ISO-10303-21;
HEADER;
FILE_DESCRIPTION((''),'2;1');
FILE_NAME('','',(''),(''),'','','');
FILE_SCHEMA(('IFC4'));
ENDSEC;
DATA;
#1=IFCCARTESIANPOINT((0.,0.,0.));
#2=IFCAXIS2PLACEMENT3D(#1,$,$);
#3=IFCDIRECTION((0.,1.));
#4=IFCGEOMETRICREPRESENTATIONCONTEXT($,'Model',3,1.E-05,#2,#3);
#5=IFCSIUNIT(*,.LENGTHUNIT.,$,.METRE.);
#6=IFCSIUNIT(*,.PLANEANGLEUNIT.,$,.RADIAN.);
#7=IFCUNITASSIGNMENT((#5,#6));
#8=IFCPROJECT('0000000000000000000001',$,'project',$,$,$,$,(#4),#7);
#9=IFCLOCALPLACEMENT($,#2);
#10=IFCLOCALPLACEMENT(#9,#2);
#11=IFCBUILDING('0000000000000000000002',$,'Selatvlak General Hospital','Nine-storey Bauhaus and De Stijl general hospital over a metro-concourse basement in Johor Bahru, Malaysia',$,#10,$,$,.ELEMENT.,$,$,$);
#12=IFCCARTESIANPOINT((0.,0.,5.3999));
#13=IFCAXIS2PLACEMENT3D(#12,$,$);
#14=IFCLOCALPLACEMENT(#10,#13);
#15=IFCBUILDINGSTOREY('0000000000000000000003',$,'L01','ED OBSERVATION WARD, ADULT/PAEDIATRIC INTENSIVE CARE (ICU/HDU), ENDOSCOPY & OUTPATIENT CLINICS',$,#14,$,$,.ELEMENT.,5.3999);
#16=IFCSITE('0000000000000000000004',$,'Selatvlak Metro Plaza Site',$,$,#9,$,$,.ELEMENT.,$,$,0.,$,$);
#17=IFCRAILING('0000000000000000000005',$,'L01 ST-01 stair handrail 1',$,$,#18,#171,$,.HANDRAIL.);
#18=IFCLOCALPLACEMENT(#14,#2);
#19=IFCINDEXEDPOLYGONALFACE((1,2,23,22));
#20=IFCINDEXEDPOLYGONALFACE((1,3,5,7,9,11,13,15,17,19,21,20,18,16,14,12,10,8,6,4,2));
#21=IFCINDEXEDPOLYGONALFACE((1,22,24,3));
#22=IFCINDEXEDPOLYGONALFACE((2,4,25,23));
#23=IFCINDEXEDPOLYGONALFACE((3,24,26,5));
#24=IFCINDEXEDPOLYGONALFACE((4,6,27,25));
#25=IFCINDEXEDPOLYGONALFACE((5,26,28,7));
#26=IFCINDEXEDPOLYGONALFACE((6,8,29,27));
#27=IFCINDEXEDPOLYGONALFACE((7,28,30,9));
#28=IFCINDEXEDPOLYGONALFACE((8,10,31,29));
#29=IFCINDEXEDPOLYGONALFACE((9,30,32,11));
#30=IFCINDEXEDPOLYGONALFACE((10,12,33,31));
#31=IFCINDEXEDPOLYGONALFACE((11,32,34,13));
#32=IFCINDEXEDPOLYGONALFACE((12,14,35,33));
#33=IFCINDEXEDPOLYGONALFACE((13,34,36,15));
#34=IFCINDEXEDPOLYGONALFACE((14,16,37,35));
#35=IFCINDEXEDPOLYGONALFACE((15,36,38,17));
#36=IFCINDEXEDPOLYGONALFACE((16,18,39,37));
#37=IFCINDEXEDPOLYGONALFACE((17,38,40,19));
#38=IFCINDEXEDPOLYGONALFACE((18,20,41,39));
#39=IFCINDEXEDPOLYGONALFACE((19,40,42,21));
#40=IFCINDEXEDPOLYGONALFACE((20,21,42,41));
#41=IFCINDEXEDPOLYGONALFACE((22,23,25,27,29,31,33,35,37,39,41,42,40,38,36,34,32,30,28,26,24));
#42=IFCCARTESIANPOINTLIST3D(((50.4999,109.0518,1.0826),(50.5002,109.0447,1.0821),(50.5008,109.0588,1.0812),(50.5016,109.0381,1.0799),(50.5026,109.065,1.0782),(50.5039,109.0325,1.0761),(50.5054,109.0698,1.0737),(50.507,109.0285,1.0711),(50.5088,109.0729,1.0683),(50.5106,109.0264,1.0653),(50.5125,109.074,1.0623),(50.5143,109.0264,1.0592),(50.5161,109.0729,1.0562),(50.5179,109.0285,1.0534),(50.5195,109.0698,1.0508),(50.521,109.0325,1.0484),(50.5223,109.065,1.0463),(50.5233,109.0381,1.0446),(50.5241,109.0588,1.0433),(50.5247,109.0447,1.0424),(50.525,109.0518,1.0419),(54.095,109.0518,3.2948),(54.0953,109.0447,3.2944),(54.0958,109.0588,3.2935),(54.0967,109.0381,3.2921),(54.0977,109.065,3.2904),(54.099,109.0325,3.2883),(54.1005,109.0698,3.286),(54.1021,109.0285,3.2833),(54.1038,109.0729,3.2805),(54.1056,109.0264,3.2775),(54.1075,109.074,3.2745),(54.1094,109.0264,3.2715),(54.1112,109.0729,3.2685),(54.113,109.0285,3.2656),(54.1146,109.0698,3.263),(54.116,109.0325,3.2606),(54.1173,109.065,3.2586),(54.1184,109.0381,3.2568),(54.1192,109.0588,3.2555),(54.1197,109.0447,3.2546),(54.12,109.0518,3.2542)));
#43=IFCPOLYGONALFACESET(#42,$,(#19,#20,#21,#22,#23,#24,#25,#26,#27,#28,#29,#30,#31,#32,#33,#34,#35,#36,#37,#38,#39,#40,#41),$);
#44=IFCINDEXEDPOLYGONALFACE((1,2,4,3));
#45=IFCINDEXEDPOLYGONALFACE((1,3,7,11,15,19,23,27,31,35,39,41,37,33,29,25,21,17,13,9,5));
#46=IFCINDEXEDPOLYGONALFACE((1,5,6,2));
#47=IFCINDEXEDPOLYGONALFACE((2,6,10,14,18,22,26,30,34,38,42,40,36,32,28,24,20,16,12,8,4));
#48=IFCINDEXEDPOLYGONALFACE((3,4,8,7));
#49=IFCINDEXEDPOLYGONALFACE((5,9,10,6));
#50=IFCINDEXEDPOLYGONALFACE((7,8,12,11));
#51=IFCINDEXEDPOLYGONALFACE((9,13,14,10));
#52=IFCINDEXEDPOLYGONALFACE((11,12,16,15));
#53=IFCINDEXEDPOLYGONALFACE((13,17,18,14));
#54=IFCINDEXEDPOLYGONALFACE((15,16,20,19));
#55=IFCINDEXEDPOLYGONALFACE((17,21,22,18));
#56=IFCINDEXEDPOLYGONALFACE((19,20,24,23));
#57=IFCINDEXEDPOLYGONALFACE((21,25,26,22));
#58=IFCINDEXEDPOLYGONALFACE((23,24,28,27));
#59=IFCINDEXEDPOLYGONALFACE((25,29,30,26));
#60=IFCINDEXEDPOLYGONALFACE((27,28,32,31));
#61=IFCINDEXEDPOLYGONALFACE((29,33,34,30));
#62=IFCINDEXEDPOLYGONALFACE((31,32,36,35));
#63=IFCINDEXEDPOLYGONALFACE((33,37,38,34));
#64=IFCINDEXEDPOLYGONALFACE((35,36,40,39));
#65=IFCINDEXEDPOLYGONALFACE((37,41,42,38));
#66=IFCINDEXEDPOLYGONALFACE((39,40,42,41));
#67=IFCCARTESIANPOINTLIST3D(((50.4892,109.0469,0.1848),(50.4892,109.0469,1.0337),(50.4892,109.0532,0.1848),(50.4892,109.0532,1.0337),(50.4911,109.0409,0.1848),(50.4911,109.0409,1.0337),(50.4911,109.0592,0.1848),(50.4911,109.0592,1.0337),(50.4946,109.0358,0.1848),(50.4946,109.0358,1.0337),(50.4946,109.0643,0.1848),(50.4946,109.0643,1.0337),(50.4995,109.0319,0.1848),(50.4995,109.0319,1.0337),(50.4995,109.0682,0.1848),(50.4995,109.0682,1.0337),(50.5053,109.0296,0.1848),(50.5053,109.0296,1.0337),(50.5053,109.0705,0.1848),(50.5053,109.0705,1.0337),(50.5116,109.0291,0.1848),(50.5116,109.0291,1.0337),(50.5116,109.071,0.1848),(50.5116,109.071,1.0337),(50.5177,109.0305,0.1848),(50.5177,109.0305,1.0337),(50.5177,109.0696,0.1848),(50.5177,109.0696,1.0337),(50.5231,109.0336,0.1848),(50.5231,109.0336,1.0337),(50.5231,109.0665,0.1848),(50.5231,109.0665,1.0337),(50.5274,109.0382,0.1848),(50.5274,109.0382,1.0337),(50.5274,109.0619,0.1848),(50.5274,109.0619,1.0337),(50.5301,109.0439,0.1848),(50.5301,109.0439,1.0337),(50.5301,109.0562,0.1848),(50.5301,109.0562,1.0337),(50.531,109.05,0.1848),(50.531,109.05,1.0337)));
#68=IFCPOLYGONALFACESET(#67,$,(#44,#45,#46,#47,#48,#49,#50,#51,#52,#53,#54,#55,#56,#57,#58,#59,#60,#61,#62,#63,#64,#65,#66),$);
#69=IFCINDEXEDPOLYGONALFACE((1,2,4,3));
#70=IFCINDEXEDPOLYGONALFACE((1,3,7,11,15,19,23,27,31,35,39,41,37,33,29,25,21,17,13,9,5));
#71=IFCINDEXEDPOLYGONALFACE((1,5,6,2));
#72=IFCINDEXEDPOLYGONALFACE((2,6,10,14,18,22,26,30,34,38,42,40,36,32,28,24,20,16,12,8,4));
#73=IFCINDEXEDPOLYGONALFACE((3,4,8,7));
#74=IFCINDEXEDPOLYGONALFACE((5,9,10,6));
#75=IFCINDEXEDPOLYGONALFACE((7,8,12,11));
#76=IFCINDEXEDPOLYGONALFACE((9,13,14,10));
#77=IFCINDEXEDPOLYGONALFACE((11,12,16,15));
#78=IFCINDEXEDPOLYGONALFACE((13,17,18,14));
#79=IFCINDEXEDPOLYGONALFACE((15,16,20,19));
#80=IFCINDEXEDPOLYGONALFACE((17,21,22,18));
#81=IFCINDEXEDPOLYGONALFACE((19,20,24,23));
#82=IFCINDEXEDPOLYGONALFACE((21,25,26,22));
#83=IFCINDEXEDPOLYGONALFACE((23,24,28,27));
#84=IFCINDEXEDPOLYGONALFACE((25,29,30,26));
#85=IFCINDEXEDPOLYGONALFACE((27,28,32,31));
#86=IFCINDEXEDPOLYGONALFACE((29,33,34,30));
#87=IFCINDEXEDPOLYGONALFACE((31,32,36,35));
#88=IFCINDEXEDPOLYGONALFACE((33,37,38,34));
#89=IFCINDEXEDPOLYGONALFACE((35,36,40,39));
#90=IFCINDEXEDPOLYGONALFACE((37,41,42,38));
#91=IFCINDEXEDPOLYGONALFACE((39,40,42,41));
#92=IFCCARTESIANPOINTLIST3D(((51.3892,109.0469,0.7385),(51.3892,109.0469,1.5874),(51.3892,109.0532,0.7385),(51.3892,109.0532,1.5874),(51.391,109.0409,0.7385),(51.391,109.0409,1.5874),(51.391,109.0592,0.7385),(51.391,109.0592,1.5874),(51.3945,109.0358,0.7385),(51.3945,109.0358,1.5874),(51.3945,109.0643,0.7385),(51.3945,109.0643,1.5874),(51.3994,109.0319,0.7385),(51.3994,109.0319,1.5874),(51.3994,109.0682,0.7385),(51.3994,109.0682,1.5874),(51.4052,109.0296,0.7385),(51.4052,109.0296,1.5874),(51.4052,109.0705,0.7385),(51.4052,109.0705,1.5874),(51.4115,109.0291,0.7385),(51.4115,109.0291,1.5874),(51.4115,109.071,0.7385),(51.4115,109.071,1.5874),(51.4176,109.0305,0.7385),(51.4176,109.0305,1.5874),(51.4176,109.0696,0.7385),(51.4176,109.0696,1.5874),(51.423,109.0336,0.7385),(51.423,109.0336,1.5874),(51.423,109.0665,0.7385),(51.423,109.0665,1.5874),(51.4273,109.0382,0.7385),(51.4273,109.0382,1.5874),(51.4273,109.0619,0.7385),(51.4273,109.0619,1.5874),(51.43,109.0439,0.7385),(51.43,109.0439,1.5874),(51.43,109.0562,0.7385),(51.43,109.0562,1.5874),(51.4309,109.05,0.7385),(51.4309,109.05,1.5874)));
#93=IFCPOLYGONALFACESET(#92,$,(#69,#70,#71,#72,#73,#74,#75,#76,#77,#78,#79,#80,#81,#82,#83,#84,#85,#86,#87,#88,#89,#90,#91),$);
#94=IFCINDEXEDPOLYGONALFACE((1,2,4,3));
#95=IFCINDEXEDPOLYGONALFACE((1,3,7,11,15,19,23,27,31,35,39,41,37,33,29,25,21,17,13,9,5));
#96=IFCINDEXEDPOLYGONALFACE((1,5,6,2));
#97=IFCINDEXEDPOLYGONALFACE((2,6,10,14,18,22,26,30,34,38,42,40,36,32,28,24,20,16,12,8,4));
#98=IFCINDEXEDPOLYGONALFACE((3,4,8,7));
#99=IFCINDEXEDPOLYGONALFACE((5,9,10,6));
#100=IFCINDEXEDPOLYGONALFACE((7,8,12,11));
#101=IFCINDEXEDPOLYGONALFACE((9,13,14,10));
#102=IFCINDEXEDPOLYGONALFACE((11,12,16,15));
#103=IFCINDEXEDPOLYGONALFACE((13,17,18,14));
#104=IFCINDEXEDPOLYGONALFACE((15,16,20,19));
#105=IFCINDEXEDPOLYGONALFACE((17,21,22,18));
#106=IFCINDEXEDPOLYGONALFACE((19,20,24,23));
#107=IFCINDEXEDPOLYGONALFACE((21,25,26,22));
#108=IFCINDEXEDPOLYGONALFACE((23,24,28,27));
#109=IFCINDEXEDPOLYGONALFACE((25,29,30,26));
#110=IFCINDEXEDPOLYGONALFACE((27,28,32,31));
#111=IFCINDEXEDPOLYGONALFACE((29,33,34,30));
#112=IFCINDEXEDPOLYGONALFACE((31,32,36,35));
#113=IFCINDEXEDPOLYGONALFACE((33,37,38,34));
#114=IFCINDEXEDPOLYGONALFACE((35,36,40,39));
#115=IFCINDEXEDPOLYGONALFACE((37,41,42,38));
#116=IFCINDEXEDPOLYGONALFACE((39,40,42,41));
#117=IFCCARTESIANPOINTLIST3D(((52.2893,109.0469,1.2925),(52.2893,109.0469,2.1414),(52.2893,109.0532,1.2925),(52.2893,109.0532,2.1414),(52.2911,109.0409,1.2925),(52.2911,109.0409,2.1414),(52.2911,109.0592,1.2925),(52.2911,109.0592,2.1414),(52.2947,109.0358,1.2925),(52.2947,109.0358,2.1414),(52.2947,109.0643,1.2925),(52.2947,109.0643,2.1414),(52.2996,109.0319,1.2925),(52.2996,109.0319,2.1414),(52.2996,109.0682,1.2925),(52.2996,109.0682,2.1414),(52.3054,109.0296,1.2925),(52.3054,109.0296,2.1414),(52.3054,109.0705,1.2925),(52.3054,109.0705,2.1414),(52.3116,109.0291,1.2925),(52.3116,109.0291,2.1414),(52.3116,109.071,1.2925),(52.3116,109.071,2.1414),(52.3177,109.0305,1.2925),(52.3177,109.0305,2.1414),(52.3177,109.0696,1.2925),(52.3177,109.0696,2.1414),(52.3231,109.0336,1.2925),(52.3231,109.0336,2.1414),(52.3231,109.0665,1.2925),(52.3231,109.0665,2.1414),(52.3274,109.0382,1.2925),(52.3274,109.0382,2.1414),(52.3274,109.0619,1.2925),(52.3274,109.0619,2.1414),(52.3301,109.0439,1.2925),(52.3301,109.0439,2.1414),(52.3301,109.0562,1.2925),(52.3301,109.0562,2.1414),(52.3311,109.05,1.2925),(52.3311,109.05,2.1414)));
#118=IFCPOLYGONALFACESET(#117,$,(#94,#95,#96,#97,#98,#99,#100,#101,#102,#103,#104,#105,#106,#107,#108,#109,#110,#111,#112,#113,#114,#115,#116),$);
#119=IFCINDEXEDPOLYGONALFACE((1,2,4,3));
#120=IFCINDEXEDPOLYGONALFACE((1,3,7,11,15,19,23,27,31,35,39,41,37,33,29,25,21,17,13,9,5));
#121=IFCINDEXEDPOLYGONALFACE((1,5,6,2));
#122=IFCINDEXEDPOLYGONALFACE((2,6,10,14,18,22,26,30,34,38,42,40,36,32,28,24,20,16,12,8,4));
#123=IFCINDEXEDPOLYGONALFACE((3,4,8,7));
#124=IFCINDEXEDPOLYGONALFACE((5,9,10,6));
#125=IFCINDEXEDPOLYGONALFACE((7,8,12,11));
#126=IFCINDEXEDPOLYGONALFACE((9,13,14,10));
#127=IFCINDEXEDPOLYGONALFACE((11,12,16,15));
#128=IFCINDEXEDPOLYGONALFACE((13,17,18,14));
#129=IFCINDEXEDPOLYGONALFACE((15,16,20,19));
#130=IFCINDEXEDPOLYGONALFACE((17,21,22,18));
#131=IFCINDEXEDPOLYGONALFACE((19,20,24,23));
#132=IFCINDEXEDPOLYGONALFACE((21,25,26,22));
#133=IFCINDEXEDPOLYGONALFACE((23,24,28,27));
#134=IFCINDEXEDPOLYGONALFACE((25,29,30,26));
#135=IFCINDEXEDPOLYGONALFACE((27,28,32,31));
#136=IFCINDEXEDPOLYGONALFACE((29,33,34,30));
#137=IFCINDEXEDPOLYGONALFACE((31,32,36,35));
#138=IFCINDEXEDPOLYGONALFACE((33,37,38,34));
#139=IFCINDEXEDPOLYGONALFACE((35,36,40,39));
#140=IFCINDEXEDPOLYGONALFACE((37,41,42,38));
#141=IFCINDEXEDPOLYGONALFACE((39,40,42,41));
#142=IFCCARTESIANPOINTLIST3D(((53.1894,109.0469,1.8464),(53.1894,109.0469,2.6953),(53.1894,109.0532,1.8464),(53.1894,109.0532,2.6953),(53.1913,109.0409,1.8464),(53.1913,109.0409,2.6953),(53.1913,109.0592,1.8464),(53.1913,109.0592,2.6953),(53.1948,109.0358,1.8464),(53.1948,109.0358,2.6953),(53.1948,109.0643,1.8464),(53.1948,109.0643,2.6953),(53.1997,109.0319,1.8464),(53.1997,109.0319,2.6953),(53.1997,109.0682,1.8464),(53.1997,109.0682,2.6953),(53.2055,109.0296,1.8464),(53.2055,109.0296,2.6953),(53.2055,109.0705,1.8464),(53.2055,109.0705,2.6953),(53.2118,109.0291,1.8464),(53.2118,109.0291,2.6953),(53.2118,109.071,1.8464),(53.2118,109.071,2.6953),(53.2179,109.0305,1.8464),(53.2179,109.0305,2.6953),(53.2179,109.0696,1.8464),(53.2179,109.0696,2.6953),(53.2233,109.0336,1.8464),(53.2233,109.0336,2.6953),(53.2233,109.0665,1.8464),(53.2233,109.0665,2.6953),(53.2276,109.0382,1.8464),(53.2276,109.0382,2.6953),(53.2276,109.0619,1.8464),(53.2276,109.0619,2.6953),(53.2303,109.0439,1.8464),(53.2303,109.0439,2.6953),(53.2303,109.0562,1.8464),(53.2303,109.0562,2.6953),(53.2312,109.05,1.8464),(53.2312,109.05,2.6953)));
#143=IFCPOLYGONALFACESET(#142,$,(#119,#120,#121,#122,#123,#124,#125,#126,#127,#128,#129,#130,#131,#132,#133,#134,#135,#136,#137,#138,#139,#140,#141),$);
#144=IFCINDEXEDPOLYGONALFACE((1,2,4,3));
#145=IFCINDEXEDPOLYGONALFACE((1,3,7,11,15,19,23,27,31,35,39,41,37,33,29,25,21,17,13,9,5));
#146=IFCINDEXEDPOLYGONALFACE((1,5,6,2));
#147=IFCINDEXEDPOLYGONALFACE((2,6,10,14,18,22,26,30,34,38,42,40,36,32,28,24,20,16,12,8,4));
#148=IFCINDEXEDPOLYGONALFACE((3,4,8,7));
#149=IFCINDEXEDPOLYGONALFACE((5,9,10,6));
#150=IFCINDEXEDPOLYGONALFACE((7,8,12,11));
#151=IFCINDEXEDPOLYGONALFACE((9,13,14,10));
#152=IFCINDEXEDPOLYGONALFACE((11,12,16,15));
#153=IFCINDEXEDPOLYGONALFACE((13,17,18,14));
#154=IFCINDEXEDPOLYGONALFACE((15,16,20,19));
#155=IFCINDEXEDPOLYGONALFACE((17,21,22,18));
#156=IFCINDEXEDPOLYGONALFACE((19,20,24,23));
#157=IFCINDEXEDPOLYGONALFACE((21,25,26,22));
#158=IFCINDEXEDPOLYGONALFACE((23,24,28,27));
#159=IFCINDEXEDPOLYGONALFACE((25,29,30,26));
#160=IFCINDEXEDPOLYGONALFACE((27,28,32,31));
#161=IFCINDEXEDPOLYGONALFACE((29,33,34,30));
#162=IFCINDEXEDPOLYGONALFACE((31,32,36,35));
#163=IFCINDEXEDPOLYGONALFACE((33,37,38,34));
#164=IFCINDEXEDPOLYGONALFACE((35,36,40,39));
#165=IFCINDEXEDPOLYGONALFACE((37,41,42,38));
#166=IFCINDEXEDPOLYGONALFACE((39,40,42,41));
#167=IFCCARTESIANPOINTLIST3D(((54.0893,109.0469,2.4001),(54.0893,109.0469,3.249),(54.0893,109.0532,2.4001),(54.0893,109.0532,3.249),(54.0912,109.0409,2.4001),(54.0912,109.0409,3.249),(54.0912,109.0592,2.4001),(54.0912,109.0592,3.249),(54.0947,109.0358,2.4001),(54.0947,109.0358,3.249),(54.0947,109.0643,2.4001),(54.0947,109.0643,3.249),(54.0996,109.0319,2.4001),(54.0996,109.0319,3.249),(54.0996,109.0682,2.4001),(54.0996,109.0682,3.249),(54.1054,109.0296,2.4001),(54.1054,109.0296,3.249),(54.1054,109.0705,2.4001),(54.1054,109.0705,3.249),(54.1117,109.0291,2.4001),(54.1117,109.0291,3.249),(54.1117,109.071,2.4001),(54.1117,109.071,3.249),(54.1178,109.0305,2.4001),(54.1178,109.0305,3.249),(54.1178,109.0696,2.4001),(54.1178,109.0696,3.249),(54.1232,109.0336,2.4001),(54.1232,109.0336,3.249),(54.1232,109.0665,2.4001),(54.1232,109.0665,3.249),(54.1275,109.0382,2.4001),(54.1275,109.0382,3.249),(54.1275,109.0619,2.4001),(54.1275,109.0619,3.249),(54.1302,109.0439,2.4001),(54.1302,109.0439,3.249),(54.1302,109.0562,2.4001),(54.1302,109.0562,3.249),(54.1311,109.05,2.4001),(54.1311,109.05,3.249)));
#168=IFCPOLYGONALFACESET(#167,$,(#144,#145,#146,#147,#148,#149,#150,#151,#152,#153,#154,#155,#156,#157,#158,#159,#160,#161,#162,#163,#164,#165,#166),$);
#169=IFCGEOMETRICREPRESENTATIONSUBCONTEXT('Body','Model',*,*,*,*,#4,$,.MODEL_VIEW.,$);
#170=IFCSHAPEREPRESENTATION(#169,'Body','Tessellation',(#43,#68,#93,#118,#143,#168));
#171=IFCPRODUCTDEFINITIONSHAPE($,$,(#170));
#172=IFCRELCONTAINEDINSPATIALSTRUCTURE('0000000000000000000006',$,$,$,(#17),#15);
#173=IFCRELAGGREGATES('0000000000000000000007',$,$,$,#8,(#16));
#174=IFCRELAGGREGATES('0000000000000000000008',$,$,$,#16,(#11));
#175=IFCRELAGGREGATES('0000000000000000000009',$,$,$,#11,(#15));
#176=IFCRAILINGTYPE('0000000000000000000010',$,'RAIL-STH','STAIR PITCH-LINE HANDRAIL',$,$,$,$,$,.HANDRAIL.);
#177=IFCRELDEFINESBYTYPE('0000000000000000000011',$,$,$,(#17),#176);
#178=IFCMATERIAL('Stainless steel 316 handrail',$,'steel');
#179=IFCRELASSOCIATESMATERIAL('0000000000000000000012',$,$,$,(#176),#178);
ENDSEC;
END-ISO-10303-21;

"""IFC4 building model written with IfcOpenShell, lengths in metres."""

from ifc_helpers import new_model, si_unit, direction, frame, origin, origin_2d, place, context, subcontext, project, spatial, circle, extrude, material, type_object, element, save


model = new_model("IFC4")

# Units and contexts
model_context = context("Model", 3, precision=1e-05, world=origin(), true_north=direction((0.0, 1.0)))
body_context = subcontext(model_context, "Body", "Model", "MODEL_VIEW")
ifc_project = project(units=[si_unit("LENGTHUNIT", "METRE"), si_unit("PLANEANGLEUNIT", "RADIAN")], contexts=[model_context])

# Site, building, storey
site_placement = place(None, origin())
site = spatial("IfcSite", under=ifc_project, at=site_placement, Name="Selatvlak Metro Plaza Site", CompositionType="ELEMENT", RefElevation=0.0)
building_placement = place(site_placement, origin())
building = spatial("IfcBuilding", under=site, at=building_placement, Name="Selatvlak General Hospital", Description="Nine-storey Bauhaus and De Stijl general hospital over a metro-concourse basement in Johor Bahru, Malaysia", CompositionType="ELEMENT")
storey_placement = place(building_placement, frame((0.0, 0.0, 5.3999)))
storey = spatial("IfcBuildingStorey", under=building, at=storey_placement, Name="L01", Description="ED OBSERVATION WARD, ADULT/PAEDIATRIC INTENSIVE CARE (ICU/HDU), ENDOSCOPY & OUTPATIENT CLINICS", CompositionType="ELEMENT", Elevation=5.3999)

# Railing
ifc_material_1 = material(Name="Stainless steel 316 handrail", Category="steel")
railing_type_1 = type_object("IfcRailingType", Name="RAIL-STH", Description="STAIR PITCH-LINE HANDRAIL", PredefinedType="HANDRAIL", material=ifc_material_1)
railing_1_placement = place(storey_placement, frame((50.51, 109.05, 0.1848)))
element("IfcRailing", 1, at=railing_1_placement, inside=storey, type_object=railing_type_1, Name="L01 ST-01 stair handrail 1", PredefinedType="HANDRAIL", context=body_context, shape_type="SweptSolid", body=[
    extrude(circle(Radius=0.0239, at=origin_2d()), frame((0.0024, 0.0, 0.8774), z_axis=(0.85167, 0.0, 0.524078), x_axis=(0.0, 1.0, 0.0)), (0.0, 0.0, 1.0), 4.2212),
    extrude(circle(Radius=0.021, at=origin_2d()), origin(), (0.0, 0.0, 1.0), 0.8489),
    extrude(circle(Radius=0.021, at=origin_2d()), frame((0.8999, 0.0, 0.5537)), (0.0, 0.0, 1.0), 0.8489),
    extrude(circle(Radius=0.021, at=origin_2d()), frame((1.8, 0.0, 1.1077)), (0.0, 0.0, 1.0), 0.8489),
    extrude(circle(Radius=0.021, at=origin_2d()), frame((2.7002, 0.0, 1.6616)), (0.0, 0.0, 1.0), 0.8489),
    extrude(circle(Radius=0.021, at=origin_2d()), frame((3.6001, 0.0, 2.2153)), (0.0, 0.0, 1.0), 0.8489),
])

save(model, "model.ifc")
